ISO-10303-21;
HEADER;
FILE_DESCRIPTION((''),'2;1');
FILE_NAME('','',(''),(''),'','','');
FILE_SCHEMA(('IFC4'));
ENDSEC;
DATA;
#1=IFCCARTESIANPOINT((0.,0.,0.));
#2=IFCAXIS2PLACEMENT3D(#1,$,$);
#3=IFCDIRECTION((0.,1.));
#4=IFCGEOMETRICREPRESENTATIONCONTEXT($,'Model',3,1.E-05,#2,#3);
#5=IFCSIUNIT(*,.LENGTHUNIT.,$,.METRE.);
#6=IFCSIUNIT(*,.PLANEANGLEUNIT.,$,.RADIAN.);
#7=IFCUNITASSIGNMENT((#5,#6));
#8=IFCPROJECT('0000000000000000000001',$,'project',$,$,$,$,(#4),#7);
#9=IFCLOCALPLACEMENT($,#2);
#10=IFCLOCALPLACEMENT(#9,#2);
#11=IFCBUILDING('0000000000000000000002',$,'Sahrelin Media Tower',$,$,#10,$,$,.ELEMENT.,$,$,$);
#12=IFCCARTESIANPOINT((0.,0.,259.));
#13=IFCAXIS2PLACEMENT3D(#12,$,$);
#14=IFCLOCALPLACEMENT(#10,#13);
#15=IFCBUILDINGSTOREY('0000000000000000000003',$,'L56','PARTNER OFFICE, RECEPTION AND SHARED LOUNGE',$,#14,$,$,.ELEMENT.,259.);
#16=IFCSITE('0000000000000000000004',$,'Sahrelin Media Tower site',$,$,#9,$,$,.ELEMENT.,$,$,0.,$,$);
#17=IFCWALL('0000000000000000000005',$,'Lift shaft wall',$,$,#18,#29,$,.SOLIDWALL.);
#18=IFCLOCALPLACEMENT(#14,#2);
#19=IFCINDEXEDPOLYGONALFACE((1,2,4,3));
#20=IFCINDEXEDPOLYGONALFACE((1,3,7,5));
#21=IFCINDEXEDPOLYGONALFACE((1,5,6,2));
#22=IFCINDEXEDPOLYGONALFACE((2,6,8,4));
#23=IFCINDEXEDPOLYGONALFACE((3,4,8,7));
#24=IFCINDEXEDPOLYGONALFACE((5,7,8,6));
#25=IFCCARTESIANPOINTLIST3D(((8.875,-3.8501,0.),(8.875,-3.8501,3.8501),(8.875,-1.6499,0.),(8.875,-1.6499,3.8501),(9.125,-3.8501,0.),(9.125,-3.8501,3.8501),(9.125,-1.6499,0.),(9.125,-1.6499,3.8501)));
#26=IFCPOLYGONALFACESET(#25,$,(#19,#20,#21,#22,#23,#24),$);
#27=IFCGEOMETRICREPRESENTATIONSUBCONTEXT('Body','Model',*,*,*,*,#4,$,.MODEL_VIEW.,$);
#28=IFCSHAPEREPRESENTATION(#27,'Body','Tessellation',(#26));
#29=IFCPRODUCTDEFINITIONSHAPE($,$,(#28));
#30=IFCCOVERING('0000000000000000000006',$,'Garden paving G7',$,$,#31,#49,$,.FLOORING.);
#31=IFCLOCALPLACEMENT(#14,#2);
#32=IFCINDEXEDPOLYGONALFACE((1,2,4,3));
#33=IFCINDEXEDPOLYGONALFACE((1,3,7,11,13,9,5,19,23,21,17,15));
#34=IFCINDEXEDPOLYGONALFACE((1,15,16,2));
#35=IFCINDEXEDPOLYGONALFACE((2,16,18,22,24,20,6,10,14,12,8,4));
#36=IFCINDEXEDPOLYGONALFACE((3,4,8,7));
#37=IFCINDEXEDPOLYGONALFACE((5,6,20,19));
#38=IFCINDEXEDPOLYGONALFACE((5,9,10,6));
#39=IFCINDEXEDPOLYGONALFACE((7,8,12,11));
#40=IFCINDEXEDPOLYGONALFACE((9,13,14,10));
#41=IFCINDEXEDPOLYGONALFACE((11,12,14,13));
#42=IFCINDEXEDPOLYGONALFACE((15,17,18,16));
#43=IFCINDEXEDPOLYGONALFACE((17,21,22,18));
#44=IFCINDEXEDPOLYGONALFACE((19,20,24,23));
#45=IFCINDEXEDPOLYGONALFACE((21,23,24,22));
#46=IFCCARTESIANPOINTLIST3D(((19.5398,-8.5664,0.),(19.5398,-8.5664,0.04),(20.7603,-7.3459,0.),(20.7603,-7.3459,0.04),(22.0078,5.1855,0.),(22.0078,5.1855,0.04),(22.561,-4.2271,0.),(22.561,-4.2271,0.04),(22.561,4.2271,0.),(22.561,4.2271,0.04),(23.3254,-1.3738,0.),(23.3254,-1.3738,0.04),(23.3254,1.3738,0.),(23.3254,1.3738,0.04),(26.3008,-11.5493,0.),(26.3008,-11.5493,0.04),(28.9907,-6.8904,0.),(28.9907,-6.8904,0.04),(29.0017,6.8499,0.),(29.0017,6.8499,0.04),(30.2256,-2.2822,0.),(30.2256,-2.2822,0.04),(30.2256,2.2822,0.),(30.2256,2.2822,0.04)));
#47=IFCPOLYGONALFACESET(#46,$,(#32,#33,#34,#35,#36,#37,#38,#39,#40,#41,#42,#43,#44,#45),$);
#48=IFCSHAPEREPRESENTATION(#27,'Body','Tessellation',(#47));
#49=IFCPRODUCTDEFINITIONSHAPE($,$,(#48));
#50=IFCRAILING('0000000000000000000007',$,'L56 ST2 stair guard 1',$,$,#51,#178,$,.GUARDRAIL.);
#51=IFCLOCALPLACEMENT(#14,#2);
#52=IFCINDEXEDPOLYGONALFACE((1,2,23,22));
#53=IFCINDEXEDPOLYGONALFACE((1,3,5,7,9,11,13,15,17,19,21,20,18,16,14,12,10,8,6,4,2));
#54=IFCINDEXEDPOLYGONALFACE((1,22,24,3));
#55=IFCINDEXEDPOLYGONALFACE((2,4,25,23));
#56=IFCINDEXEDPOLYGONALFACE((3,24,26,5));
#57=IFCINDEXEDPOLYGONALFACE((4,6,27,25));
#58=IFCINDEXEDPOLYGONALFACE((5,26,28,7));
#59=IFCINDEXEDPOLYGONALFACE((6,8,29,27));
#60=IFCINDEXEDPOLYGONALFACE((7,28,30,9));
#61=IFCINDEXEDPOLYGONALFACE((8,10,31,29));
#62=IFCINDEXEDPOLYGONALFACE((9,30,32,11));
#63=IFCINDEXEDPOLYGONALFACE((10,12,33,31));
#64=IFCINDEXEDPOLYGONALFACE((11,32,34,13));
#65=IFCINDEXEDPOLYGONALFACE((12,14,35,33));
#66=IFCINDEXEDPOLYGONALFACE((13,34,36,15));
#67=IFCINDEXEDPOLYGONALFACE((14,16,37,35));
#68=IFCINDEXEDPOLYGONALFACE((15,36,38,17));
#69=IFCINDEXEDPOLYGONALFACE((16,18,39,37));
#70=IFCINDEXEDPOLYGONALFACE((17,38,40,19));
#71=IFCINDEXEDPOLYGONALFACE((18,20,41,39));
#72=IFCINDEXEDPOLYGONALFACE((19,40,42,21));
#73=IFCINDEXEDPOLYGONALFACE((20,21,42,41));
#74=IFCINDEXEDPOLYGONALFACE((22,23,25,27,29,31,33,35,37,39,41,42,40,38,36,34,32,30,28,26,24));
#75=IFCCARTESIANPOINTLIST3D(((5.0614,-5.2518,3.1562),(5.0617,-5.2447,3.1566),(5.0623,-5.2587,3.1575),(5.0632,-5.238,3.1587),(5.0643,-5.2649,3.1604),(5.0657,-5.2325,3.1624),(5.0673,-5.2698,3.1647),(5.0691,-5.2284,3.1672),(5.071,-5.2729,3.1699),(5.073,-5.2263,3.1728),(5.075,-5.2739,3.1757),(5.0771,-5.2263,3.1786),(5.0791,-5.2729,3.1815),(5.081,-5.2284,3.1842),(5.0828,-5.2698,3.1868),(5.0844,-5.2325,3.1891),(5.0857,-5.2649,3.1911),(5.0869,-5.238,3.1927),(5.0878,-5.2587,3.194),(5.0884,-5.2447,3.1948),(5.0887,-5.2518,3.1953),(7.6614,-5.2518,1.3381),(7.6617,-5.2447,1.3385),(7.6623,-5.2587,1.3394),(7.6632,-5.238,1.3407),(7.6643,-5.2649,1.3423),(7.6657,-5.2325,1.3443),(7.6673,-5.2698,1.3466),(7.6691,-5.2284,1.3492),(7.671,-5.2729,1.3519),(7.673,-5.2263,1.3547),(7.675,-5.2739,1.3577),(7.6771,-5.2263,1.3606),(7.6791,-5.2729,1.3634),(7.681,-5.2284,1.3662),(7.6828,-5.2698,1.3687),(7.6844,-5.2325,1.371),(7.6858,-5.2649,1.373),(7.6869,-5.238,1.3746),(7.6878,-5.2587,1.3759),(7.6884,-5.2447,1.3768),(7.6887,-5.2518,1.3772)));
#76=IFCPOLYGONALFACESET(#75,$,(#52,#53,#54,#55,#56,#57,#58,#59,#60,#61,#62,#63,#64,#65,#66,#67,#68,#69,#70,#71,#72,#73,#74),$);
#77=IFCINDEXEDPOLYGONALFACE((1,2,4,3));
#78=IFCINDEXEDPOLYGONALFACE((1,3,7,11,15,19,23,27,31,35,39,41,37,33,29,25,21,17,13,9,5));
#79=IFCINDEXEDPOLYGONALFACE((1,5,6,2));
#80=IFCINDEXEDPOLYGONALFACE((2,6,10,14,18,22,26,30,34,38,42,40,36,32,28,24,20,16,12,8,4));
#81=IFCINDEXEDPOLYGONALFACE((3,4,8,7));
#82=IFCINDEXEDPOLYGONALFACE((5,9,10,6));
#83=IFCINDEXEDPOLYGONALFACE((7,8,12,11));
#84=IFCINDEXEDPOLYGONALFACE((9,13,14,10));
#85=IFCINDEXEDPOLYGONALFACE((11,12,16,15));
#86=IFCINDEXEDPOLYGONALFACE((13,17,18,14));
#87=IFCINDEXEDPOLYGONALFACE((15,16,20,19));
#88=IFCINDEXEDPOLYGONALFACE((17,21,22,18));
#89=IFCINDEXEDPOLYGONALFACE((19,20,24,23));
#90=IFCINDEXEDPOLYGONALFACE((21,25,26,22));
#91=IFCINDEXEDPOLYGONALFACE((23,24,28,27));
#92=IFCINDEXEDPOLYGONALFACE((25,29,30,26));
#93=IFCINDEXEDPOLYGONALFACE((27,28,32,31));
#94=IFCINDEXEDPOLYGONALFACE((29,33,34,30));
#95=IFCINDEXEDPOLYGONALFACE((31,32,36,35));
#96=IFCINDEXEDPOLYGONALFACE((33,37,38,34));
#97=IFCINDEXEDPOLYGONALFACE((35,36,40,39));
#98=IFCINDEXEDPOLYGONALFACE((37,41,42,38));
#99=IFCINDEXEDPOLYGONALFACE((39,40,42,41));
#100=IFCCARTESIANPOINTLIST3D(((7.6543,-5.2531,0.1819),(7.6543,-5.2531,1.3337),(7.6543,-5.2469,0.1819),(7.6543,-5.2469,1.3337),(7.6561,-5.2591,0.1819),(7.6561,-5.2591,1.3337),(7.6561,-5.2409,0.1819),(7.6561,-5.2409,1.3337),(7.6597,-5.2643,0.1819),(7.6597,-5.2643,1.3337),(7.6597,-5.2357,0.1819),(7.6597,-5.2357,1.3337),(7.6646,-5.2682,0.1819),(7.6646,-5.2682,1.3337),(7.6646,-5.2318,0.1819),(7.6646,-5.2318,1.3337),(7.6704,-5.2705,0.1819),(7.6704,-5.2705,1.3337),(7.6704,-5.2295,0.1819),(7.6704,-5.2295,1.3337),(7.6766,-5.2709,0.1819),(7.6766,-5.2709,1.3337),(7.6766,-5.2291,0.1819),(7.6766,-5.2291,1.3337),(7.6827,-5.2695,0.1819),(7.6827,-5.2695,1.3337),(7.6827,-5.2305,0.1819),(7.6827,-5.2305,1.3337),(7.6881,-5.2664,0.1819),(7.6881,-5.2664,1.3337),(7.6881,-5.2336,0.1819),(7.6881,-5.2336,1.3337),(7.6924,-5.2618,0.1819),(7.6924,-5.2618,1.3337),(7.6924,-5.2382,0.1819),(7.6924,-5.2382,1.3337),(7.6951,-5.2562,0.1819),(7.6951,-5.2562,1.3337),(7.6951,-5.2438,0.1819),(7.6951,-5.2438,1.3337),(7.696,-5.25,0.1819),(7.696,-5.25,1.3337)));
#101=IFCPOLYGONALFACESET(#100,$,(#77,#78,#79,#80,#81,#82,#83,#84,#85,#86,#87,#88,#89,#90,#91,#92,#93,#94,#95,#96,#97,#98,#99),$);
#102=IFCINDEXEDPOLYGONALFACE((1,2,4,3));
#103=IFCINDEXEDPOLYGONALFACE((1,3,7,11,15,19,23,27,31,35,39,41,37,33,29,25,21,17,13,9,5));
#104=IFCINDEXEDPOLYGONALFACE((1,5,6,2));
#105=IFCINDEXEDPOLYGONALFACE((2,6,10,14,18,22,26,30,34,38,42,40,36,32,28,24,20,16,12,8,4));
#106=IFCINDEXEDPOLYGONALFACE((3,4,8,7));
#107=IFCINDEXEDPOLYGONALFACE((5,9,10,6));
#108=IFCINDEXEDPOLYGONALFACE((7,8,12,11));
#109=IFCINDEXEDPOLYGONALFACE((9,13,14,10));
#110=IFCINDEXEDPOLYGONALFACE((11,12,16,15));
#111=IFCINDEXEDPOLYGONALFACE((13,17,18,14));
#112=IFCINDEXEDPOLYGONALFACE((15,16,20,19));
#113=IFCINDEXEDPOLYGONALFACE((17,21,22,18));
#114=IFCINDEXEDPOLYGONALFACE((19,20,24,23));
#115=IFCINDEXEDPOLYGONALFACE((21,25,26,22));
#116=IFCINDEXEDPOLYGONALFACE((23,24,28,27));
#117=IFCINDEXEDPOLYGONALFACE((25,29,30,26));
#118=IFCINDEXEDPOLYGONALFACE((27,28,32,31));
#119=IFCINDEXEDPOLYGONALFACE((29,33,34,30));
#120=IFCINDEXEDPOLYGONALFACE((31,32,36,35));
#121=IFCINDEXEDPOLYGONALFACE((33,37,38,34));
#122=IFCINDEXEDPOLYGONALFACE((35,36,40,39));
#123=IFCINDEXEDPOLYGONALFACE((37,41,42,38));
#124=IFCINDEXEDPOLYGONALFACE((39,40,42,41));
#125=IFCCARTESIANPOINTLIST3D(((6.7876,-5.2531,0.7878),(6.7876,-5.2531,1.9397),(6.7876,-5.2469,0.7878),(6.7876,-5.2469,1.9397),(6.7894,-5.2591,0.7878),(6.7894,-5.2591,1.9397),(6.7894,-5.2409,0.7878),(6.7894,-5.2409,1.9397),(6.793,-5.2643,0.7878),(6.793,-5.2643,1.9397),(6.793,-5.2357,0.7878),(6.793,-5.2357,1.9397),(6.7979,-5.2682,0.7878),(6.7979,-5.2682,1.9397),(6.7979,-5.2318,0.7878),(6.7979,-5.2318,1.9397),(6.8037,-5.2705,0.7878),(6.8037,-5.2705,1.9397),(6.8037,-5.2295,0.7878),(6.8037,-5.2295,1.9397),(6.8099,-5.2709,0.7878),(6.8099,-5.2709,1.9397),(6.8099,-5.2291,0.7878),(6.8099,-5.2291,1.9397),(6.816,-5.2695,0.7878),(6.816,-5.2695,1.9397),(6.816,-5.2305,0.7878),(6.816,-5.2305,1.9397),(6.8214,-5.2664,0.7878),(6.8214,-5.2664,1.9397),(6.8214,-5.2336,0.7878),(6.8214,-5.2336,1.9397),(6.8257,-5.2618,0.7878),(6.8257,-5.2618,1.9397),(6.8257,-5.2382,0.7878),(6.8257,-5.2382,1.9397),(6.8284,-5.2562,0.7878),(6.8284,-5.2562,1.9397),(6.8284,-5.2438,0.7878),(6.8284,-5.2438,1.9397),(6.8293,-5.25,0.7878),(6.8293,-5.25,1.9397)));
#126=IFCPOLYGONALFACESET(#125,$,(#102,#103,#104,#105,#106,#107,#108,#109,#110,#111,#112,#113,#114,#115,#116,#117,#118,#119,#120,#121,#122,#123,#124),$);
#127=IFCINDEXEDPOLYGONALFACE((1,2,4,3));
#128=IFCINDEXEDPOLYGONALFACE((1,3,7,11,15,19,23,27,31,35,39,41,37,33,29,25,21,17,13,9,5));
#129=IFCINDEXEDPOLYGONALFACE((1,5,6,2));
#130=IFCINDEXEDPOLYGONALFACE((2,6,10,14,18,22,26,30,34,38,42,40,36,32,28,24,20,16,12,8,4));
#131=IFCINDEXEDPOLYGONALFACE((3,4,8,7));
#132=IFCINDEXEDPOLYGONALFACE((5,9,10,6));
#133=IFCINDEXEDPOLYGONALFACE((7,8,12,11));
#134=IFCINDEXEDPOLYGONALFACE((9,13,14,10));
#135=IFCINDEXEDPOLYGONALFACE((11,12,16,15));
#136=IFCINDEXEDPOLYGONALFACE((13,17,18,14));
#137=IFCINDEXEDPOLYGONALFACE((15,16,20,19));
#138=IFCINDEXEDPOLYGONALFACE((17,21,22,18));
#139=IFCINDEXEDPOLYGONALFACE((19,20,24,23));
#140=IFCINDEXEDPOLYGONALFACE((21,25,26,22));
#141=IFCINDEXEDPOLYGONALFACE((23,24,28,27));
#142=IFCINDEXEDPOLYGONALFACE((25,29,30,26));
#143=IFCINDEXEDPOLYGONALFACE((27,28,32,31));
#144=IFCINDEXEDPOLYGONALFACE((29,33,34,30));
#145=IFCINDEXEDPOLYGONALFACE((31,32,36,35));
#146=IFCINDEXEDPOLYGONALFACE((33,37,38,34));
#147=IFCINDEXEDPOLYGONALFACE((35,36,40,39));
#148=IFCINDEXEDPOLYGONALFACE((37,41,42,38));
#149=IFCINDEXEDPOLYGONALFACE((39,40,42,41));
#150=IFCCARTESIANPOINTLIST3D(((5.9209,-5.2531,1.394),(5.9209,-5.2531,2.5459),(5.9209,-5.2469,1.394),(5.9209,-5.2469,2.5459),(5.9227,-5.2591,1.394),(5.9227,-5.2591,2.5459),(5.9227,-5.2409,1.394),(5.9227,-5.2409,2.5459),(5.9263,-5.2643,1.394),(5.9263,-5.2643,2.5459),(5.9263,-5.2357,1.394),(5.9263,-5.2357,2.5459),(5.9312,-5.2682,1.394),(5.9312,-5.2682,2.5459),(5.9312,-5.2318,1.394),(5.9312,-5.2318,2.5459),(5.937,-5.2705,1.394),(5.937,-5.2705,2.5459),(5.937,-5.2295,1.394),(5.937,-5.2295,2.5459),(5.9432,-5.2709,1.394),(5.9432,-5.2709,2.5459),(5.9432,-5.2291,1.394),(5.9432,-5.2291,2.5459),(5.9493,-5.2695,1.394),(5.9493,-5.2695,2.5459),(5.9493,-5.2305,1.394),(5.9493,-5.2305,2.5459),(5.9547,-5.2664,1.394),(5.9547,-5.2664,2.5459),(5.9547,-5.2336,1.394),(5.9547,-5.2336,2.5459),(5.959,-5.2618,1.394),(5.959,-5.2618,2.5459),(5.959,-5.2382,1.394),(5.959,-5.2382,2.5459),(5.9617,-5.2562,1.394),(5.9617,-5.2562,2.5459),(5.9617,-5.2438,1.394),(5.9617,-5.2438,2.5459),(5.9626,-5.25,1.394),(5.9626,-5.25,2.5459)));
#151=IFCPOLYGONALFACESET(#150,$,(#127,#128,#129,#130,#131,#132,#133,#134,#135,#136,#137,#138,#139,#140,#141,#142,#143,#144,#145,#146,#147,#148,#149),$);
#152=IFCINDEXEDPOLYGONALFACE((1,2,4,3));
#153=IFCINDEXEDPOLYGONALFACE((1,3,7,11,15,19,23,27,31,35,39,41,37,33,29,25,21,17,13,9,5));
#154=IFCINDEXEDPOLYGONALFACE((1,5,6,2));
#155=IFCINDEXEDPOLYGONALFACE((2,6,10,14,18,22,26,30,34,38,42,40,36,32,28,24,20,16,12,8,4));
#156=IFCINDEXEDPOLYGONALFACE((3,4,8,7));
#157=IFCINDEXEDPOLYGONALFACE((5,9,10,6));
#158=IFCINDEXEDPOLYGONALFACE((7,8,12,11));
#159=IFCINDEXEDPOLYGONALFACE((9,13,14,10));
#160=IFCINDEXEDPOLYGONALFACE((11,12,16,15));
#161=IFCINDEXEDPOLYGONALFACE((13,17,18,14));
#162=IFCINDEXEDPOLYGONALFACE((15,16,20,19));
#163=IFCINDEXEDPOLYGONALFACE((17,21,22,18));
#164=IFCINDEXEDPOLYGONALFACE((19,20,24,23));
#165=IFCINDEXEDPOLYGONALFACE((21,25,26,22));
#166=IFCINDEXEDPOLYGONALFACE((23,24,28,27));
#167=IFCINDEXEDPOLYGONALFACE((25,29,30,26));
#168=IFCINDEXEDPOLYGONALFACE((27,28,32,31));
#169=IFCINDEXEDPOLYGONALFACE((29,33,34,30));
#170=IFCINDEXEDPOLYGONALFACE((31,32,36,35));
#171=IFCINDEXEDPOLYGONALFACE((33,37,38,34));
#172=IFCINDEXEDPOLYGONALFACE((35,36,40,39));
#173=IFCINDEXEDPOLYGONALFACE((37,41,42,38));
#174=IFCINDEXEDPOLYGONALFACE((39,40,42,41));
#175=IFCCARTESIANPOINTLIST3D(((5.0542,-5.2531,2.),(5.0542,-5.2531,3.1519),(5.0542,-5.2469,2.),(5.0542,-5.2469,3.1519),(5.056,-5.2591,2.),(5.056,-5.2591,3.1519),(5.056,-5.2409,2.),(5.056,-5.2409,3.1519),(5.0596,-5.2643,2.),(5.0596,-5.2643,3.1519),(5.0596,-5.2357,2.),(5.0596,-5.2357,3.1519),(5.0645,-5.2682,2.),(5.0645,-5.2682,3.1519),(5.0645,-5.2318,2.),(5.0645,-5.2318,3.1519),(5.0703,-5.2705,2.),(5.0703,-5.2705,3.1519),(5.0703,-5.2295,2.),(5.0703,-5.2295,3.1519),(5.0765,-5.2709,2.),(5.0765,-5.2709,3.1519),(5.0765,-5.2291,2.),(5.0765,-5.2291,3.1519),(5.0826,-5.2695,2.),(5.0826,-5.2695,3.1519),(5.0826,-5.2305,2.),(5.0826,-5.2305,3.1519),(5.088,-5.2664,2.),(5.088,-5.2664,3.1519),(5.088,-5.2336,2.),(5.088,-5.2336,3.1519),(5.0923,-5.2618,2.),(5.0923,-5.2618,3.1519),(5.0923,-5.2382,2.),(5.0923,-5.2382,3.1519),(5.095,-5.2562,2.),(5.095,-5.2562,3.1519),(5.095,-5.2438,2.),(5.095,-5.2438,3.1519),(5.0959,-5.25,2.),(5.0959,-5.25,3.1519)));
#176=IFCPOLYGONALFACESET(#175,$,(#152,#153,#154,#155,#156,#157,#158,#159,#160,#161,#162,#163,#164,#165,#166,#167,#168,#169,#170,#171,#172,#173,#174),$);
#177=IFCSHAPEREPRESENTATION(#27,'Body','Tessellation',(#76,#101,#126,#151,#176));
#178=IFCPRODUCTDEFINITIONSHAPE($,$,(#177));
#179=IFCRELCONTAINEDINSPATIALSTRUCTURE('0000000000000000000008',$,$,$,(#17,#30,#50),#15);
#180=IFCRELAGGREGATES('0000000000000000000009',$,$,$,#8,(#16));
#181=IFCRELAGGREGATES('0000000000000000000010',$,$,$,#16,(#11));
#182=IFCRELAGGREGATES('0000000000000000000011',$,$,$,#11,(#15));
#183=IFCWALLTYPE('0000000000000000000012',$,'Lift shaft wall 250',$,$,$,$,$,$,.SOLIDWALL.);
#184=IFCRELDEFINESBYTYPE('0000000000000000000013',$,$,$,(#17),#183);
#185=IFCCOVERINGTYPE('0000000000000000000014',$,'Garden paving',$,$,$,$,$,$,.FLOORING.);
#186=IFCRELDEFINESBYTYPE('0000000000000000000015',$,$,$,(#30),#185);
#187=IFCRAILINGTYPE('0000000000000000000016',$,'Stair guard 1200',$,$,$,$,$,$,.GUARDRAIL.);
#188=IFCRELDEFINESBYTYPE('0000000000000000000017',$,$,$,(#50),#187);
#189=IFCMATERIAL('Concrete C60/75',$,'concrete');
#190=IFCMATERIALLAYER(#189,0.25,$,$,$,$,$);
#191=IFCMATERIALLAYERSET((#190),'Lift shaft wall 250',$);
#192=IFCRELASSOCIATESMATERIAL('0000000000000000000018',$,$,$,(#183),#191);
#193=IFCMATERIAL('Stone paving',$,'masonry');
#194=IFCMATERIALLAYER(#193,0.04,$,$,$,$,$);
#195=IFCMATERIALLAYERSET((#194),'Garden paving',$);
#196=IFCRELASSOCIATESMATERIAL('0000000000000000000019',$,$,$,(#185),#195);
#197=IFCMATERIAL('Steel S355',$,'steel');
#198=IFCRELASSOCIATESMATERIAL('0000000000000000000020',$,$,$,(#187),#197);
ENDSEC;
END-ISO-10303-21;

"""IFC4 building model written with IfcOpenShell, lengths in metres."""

from ifc_helpers import new_model, si_unit, direction, frame, frame_2d, origin, origin_2d, place, context, subcontext, project, spatial, polyline, rectangle, circle, outline, extrude, material, layer, layer_set, type_object, element, save


model = new_model("IFC4")

# Units and contexts
model_context = context("Model", 3, precision=1e-05, world=origin(), true_north=direction((0.0, 1.0)))
body_context = subcontext(model_context, "Body", "Model", "MODEL_VIEW")
ifc_project = project(units=[si_unit("LENGTHUNIT", "METRE"), si_unit("PLANEANGLEUNIT", "RADIAN")], contexts=[model_context])

# Site, building, storey
site_placement = place(None, origin())
site = spatial("IfcSite", under=ifc_project, at=site_placement, Name="Sahrelin Media Tower site", CompositionType="ELEMENT", RefElevation=0.0)
building_placement = place(site_placement, origin())
building = spatial("IfcBuilding", under=site, at=building_placement, Name="Sahrelin Media Tower", CompositionType="ELEMENT")
storey_placement = place(building_placement, frame((0.0, 0.0, 259.0)))
storey = spatial("IfcBuildingStorey", under=building, at=storey_placement, Name="L56", Description="PARTNER OFFICE, RECEPTION AND SHARED LOUNGE", CompositionType="ELEMENT", Elevation=259.0)

# Shared definitions
ifc_material_1 = material(Name="Steel S355", Category="steel")

# Shared definitions
placement_1 = place(storey_placement, origin())

# Shared definitions
ifc_material_2 = material(Name="Concrete C60/75", Category="concrete")

# Wall
ifc_layer_1 = layer(ifc_material_2, 0.25)
ifc_layer_set_1 = layer_set([ifc_layer_1], Name="Lift shaft wall 250")
wall_type_1 = type_object("IfcWallType", Name="Lift shaft wall 250", PredefinedType="SOLIDWALL", material=ifc_layer_set_1)
for number, where, z_axis, x_axis, name in (
    (1, (9.0, -3.8501, 0.0), (0.0, 0.0, 1.0), (0.0, 1.0, 0.0), "Lift shaft wall"),
):
    element("IfcWall", number, at=place(storey_placement, frame(where, z_axis=z_axis, x_axis=x_axis)), inside=storey, type_object=wall_type_1, Name=name, PredefinedType="SOLIDWALL", context=body_context, shape_type="SweptSolid", body=[
        extrude(rectangle(XDim=2.2002, YDim=0.25, at=frame_2d((1.1001, 0.0))), origin(), (0.0, 0.0, 1.0), 3.8501),
    ])

# Covering
ifc_material_3 = material(Name="Stone paving", Category="masonry")
ifc_layer_2 = layer(ifc_material_3, 0.04)
ifc_layer_set_2 = layer_set([ifc_layer_2], Name="Garden paving")
covering_type = type_object("IfcCoveringType", Name="Garden paving", PredefinedType="FLOORING", material=ifc_layer_set_2)
element("IfcCovering", 2, at=placement_1, inside=storey, type_object=covering_type, Name="Garden paving G7", PredefinedType="FLOORING", context=body_context, shape_type="SweptSolid", body=[
    extrude(outline(polyline([(30.2256, -2.2822), (28.9907, -6.8904), (26.3008, -11.5493), (19.5398, -8.5664), (20.7603, -7.3459), (22.561, -4.2271), (23.3254, -1.3738), (23.3254, 1.3738), (22.561, 4.2271), (22.0078, 5.1855), (29.0017, 6.8499), (30.2256, 2.2822), (30.2256, -2.2822)])), origin(), (0.0, 0.0, 1.0), 0.04),
])

# Railing
railing_type_1 = type_object("IfcRailingType", Name="Stair guard 1200", PredefinedType="GUARDRAIL", material=ifc_material_1)
railing_1_placement = place(storey_placement, frame((7.675, -5.25, 0.1819)))
element("IfcRailing", 3, at=railing_1_placement, inside=storey, type_object=railing_type_1, Name="L56 ST2 stair guard 1", PredefinedType="GUARDRAIL", context=body_context, shape_type="SweptSolid", body=[
    extrude(circle(Radius=0.0239, at=origin_2d()), frame((0.0, 0.0, 1.1758), z_axis=(-0.819521, 0.0, 0.573049), x_axis=(0.0, -1.0, 0.0)), (0.0, 0.0, 1.0), 3.1726),
    extrude(circle(Radius=0.021, at=origin_2d()), origin(), (0.0, 0.0, 1.0), 1.1519),
    extrude(circle(Radius=0.021, at=origin_2d()), frame((-0.8667, 0.0, 0.606)), (0.0, 0.0, 1.0), 1.1519),
    extrude(circle(Radius=0.021, at=origin_2d()), frame((-1.7334, 0.0, 1.2122)), (0.0, 0.0, 1.0), 1.1519),
    extrude(circle(Radius=0.021, at=origin_2d()), frame((-2.6001, 0.0, 1.8181)), (0.0, 0.0, 1.0), 1.1519),
])

save(model, "model.ifc")
